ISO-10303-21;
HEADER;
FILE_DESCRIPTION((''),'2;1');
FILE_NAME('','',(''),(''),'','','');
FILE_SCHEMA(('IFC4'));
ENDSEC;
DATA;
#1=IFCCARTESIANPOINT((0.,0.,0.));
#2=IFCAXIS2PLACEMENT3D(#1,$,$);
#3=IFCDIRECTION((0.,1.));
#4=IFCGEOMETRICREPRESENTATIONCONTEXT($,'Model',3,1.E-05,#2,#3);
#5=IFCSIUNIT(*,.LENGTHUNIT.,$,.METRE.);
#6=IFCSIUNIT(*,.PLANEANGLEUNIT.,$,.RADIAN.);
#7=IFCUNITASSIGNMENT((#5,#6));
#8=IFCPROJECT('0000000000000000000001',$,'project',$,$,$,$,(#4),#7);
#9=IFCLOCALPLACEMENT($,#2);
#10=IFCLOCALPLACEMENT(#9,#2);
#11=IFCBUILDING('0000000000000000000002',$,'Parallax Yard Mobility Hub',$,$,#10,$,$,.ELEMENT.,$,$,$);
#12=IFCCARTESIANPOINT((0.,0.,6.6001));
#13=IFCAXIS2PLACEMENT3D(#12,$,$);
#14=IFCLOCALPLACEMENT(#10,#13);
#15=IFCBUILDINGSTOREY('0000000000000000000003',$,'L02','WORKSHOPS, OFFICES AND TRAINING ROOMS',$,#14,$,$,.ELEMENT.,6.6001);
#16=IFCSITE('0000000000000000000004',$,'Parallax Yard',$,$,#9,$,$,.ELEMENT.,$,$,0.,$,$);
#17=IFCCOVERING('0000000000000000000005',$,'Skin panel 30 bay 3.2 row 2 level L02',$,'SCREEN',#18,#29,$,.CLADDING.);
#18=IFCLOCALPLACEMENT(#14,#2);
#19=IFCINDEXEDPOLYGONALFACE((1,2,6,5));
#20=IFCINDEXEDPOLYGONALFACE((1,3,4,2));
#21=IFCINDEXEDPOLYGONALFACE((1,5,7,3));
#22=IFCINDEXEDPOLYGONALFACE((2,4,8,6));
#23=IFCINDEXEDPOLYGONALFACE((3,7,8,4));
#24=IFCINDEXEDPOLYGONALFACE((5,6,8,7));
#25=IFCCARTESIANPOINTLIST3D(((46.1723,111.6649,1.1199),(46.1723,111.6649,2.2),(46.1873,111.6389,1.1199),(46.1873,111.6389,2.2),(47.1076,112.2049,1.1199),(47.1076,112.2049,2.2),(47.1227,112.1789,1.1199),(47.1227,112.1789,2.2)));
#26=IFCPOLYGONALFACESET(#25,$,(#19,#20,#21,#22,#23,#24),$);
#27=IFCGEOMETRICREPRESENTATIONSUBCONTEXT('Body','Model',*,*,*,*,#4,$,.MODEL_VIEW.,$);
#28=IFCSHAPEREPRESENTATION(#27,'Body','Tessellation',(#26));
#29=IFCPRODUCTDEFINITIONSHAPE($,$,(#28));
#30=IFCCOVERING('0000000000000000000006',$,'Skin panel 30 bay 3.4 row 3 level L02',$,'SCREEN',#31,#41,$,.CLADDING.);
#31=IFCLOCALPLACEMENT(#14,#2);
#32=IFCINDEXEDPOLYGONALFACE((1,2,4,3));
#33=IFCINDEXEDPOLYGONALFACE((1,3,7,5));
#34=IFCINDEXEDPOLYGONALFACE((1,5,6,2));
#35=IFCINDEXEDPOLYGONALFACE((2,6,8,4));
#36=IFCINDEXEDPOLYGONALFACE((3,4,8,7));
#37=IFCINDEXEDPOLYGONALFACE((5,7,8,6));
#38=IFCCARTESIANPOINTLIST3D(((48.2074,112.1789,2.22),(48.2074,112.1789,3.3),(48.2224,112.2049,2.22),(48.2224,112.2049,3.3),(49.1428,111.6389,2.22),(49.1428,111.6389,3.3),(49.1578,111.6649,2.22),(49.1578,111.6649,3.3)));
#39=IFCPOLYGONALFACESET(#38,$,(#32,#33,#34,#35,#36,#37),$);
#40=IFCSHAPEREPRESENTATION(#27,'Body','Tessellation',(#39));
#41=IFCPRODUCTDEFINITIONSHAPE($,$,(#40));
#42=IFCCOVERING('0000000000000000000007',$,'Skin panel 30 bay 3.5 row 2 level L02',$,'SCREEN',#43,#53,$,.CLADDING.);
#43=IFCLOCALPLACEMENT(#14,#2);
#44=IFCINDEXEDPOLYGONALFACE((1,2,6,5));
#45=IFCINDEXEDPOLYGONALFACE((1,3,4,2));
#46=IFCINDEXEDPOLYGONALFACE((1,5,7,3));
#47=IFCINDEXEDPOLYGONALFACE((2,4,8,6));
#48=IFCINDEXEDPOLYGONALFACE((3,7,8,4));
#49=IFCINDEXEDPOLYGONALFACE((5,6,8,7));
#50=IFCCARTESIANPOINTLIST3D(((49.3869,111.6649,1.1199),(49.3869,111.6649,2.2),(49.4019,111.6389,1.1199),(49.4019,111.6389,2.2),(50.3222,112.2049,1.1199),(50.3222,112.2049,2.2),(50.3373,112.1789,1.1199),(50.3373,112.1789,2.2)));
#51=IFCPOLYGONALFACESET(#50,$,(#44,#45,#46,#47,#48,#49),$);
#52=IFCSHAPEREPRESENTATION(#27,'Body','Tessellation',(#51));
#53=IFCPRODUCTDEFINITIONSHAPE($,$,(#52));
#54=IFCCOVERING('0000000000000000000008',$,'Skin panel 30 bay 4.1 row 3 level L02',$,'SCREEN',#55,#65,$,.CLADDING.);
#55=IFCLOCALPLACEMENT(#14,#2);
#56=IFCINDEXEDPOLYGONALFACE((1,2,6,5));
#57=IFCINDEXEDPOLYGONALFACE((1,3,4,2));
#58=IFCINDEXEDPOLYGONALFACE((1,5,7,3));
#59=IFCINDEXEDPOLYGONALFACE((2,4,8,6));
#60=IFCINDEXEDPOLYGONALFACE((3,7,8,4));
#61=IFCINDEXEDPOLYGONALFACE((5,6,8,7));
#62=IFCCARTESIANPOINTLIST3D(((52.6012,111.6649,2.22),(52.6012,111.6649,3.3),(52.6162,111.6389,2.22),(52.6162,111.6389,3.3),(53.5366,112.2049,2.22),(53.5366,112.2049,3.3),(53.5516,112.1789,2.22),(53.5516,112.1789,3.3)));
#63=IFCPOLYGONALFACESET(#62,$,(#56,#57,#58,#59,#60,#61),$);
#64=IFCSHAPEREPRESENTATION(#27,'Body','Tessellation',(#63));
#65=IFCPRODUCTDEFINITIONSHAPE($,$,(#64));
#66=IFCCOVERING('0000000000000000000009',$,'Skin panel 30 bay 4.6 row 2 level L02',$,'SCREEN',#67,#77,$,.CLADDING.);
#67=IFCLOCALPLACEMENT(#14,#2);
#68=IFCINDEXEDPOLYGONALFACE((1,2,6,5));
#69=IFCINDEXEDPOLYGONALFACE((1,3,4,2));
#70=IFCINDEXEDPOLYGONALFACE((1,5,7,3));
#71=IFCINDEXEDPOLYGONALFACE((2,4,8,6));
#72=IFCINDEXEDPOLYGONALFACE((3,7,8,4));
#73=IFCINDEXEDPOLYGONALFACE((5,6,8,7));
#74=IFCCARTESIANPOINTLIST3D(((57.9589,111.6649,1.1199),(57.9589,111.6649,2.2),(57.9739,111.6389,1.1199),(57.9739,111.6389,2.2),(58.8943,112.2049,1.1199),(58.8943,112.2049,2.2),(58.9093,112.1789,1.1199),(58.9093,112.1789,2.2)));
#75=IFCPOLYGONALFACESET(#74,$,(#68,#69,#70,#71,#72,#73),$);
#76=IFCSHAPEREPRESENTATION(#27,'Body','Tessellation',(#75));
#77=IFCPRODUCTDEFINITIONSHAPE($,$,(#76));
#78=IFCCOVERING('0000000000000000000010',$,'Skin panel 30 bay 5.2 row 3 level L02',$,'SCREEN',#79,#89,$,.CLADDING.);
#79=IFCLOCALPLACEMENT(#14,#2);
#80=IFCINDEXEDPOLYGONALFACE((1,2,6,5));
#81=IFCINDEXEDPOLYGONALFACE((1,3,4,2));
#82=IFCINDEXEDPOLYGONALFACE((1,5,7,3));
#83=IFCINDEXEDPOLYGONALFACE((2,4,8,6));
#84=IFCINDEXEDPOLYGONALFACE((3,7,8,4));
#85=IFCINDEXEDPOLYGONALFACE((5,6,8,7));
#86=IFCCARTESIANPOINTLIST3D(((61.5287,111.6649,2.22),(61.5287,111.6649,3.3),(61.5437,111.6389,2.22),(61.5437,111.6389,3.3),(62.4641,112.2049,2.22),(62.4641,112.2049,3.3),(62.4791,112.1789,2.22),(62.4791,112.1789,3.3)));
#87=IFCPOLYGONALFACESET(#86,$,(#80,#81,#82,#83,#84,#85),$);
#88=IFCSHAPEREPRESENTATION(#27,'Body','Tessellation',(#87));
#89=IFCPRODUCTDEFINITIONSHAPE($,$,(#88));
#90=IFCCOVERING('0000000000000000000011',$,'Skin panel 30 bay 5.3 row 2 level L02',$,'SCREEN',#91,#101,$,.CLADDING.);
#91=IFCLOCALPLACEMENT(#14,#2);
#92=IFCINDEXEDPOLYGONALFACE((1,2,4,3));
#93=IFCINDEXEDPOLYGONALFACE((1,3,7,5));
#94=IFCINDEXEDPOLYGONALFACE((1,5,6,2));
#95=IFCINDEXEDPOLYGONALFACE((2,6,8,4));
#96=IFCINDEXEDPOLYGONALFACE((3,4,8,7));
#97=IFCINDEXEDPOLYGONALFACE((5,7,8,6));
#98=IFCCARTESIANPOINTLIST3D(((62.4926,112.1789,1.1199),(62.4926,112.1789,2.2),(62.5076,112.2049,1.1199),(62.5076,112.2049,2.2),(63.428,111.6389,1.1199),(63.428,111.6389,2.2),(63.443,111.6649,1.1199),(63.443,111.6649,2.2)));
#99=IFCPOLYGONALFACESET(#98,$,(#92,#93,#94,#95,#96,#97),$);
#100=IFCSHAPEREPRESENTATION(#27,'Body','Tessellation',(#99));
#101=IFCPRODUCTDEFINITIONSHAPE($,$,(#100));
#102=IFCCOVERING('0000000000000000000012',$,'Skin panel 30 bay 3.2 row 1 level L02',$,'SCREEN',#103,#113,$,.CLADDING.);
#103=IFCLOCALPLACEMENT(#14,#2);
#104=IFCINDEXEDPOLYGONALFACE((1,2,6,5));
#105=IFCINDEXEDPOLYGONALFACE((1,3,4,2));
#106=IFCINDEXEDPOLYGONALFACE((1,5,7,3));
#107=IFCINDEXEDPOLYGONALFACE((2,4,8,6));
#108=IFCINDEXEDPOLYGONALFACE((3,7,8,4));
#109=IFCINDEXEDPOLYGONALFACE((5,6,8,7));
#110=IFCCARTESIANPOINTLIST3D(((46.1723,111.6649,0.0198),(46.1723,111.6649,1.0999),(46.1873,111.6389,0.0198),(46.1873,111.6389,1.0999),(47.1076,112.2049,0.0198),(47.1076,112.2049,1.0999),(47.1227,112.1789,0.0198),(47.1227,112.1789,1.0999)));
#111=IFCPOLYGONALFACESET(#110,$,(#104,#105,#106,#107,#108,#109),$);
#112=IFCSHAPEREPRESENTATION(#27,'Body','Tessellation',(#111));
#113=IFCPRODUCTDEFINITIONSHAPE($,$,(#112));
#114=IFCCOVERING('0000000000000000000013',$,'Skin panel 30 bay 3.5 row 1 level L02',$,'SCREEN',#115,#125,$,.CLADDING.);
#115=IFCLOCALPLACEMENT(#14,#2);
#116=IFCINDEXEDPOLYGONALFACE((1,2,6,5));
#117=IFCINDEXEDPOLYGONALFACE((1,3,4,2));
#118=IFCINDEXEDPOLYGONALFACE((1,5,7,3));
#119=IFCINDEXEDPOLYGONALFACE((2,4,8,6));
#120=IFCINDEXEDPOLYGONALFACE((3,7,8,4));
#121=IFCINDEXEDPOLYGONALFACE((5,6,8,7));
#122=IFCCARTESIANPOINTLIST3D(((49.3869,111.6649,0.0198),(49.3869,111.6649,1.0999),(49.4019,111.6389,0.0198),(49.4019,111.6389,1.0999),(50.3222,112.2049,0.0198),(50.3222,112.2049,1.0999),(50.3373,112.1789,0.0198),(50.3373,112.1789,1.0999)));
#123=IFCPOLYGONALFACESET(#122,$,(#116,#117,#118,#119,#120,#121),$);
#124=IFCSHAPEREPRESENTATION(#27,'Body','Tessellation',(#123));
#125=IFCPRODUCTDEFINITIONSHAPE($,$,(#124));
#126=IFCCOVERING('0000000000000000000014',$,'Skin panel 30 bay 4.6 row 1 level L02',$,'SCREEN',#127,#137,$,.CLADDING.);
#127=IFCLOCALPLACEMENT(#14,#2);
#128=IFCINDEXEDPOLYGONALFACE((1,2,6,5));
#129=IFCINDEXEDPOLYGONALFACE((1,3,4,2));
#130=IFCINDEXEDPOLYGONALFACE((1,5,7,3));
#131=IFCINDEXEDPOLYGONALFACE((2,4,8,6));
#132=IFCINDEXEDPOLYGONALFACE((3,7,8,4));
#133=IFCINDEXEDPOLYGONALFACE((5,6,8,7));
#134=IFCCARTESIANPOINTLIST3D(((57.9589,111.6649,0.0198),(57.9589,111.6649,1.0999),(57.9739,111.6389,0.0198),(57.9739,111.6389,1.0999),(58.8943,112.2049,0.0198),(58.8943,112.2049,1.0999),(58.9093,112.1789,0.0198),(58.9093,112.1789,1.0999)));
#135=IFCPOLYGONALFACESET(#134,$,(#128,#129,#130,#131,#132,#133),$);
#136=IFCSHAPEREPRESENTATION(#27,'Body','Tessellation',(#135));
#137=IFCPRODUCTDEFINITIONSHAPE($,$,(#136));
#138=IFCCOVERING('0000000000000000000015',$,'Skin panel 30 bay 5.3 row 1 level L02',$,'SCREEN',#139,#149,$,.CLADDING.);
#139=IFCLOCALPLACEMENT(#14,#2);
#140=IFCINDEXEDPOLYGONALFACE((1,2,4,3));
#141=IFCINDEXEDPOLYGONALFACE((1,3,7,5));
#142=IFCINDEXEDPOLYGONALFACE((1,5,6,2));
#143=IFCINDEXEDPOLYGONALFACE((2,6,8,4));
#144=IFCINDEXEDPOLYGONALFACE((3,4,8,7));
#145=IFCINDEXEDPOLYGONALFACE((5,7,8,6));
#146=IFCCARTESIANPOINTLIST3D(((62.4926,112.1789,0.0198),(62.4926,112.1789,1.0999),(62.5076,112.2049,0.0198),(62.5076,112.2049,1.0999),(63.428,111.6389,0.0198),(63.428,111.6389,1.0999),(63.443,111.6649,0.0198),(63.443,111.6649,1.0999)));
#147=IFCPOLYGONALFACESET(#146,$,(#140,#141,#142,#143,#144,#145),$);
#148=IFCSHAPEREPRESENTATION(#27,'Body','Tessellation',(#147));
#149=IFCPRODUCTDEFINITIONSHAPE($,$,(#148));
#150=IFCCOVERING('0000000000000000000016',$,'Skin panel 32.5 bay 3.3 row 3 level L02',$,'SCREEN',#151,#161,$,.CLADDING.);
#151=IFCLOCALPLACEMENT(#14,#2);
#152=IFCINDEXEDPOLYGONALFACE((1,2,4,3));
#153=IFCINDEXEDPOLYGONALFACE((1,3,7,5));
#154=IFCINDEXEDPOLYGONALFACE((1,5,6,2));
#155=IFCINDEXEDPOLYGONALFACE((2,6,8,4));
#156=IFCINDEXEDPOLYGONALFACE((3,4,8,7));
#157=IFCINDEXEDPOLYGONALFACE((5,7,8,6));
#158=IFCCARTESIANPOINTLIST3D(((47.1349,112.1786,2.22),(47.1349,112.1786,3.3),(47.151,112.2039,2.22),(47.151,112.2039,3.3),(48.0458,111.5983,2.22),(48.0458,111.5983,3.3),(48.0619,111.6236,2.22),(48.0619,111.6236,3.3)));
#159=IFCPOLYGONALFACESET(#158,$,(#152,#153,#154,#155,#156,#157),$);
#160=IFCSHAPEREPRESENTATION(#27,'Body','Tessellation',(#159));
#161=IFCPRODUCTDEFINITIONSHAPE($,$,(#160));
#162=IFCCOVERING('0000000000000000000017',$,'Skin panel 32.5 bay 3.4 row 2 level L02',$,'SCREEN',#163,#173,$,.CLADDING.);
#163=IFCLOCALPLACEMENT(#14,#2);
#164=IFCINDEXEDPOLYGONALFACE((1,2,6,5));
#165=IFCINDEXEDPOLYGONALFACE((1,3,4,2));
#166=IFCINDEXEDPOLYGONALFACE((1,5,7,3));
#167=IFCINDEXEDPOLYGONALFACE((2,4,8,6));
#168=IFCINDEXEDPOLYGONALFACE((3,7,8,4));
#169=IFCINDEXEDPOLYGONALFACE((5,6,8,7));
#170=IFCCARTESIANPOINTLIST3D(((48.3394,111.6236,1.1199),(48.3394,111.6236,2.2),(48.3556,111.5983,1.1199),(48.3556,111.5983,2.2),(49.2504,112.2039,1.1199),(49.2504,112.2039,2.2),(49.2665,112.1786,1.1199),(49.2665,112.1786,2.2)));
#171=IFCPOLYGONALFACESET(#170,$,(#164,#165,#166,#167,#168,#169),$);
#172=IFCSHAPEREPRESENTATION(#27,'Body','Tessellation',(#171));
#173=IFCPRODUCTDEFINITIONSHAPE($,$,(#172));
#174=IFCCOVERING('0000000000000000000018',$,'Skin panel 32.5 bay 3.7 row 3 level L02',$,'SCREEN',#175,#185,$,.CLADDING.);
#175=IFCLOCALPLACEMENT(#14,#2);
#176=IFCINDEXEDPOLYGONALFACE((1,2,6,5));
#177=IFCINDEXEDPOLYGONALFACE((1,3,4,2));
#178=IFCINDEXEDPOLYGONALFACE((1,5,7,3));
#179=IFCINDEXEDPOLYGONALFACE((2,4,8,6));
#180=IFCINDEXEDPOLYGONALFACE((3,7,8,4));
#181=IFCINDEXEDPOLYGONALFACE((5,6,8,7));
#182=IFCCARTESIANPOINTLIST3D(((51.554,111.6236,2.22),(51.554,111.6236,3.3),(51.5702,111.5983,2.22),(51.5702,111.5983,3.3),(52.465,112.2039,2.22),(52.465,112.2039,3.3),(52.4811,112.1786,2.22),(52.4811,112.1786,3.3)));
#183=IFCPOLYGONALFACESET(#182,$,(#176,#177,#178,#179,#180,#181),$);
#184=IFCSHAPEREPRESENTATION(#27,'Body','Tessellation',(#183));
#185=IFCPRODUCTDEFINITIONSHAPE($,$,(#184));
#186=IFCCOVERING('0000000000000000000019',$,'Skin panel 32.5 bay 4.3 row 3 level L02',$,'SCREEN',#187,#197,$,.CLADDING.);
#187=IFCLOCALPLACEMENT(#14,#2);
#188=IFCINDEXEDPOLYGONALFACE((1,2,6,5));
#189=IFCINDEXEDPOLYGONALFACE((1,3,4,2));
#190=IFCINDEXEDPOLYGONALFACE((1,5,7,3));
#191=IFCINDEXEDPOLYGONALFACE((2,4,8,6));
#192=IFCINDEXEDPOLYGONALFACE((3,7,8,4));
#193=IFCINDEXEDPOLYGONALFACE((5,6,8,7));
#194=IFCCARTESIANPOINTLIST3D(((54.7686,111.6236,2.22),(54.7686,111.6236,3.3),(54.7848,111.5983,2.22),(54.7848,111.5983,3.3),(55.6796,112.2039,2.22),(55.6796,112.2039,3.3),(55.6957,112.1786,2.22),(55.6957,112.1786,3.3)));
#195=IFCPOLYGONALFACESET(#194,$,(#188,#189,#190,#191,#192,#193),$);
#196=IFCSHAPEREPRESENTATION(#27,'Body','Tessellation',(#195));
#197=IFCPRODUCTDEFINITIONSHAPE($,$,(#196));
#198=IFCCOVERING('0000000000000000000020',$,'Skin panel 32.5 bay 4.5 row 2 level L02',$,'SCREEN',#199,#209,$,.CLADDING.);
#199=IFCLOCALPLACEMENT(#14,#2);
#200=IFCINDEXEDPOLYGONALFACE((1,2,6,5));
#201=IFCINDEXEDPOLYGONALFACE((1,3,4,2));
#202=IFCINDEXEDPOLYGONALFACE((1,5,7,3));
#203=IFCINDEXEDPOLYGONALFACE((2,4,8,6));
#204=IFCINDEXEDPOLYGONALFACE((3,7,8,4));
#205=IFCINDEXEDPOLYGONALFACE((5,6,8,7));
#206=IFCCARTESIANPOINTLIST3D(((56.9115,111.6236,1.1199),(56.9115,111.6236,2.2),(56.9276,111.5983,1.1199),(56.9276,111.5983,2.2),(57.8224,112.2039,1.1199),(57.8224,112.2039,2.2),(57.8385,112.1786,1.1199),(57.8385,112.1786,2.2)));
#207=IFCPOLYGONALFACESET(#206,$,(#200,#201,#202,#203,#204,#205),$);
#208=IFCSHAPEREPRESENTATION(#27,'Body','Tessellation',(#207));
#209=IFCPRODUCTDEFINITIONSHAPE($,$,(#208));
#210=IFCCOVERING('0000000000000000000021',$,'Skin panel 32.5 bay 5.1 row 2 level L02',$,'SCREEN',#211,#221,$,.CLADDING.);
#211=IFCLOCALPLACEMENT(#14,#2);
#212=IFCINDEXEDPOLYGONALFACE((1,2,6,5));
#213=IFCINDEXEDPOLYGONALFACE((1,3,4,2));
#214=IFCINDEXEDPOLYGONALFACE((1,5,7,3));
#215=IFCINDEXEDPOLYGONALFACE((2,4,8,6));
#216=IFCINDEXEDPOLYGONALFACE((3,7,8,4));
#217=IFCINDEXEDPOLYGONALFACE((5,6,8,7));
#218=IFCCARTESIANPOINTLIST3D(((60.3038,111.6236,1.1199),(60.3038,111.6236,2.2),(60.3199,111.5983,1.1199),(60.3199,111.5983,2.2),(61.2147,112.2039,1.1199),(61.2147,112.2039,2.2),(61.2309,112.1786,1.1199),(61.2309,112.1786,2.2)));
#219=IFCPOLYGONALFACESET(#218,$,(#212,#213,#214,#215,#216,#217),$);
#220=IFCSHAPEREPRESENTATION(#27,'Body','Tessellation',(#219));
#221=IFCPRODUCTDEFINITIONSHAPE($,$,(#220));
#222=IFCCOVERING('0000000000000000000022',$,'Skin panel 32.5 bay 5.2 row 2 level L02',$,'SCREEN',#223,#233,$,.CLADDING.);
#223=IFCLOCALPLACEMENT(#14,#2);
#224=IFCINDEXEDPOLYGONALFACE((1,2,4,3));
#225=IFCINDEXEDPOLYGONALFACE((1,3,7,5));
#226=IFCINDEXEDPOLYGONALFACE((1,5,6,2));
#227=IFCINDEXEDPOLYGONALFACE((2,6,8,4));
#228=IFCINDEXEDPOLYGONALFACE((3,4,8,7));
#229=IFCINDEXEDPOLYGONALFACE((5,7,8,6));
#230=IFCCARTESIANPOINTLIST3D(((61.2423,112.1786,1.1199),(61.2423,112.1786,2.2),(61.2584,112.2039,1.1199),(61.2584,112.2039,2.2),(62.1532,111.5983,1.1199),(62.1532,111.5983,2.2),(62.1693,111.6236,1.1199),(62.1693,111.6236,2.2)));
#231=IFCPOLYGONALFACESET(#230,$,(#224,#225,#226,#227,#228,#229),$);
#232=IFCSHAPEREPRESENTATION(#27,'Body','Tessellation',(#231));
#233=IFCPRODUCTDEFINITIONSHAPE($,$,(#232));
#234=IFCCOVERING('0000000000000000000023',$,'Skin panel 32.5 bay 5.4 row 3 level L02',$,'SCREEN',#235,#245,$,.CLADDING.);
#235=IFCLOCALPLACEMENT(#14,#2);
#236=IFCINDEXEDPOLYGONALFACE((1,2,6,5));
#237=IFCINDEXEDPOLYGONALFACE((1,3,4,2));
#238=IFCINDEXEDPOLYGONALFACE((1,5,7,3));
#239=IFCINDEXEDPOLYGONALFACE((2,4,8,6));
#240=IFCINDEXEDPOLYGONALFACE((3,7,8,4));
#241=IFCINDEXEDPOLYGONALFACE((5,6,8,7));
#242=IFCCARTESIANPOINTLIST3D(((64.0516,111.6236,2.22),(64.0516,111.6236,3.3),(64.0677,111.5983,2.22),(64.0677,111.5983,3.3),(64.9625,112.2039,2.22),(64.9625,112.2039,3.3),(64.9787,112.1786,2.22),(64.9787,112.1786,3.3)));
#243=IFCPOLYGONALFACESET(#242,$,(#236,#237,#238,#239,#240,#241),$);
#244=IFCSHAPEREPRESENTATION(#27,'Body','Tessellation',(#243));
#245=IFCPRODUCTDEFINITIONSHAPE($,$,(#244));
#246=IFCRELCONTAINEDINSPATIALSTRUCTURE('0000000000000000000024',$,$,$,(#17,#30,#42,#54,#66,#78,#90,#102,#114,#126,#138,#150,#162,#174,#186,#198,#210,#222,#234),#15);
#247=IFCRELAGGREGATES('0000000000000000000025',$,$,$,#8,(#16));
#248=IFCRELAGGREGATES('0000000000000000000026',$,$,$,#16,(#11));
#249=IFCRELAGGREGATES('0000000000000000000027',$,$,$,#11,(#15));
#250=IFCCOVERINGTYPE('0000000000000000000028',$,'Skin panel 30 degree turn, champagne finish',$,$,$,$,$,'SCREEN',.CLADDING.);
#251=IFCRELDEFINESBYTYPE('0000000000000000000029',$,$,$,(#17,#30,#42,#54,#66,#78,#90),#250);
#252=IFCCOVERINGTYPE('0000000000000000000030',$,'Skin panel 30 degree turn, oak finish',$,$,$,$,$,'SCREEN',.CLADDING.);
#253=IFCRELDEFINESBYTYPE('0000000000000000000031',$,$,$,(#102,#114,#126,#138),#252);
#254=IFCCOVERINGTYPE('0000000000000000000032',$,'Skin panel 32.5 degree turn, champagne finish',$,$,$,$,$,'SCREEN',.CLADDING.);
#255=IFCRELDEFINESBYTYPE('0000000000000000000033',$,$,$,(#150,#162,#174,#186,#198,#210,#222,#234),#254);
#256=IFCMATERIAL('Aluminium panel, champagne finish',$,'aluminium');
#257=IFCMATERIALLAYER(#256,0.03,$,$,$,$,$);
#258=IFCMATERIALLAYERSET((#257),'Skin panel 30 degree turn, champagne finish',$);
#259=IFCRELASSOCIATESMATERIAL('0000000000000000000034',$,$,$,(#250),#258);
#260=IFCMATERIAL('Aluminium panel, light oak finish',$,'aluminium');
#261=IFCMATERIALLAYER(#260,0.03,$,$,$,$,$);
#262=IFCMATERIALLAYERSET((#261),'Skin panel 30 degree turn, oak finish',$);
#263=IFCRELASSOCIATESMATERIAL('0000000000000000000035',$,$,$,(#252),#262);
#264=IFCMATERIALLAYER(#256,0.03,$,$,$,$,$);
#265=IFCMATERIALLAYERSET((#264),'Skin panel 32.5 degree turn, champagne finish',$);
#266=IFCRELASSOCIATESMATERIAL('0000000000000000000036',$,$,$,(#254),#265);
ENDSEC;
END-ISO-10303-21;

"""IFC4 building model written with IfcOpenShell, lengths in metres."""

from ifc_helpers import new_model, si_unit, direction, frame, origin, origin_2d, place, context, subcontext, project, spatial, rectangle, extrude, material, layer, layer_set, type_object, element, save


model = new_model("IFC4")

# Units and contexts
model_context = context("Model", 3, precision=1e-05, world=origin(), true_north=direction((0.0, 1.0)))
body_context = subcontext(model_context, "Body", "Model", "MODEL_VIEW")
ifc_project = project(units=[si_unit("LENGTHUNIT", "METRE"), si_unit("PLANEANGLEUNIT", "RADIAN")], contexts=[model_context])

# Site, building, storey
site_placement = place(None, origin())
site = spatial("IfcSite", under=ifc_project, at=site_placement, Name="Parallax Yard", CompositionType="ELEMENT", RefElevation=0.0)
building_placement = place(site_placement, origin())
building = spatial("IfcBuilding", under=site, at=building_placement, Name="Parallax Yard Mobility Hub", CompositionType="ELEMENT")
storey_placement = place(building_placement, frame((0.0, 0.0, 6.6001)))
storey = spatial("IfcBuildingStorey", under=building, at=storey_placement, Name="L02", Description="WORKSHOPS, OFFICES AND TRAINING ROOMS", CompositionType="ELEMENT", Elevation=6.6001)

# Coverings
ifc_material_1 = material(Name="Aluminium panel, champagne finish", Category="aluminium")
ifc_layer_1 = layer(ifc_material_1, 0.03)
ifc_layer_set_1 = layer_set([ifc_layer_1], Name="Skin panel 30 degree turn, champagne finish")
covering_type_1 = type_object("IfcCoveringType", Name="Skin panel 30 degree turn, champagne finish", ElementType="SCREEN", PredefinedType="CLADDING", material=ifc_layer_set_1)
for number, where, z_axis, x_axis, name in (
    (1, (46.6475, 111.9219, 1.1199), (0.0, 0.0, 1.0), (-0.866025, -0.5, 0.0), "Skin panel 30 bay 3.2 row 2 level L02"),
    (2, (48.6826, 111.9219, 2.22), (0.0, 0.0, 1.0), (0.866025, -0.5, 0.0), "Skin panel 30 bay 3.4 row 3 level L02"),
    (3, (49.8621, 111.9219, 1.1199), (0.0, 0.0, 1.0), (-0.866025, -0.5, 0.0), "Skin panel 30 bay 3.5 row 2 level L02"),
    (4, (53.0764, 111.9219, 2.22), (0.0, 0.0, 1.0), (-0.866025, -0.5, 0.0), "Skin panel 30 bay 4.1 row 3 level L02"),
    (5, (58.4341, 111.9219, 1.1199), (0.0, 0.0, 1.0), (-0.866025, -0.5, 0.0), "Skin panel 30 bay 4.6 row 2 level L02"),
    (6, (62.0039, 111.9219, 2.22), (0.0, 0.0, 1.0), (-0.866025, -0.5, 0.0), "Skin panel 30 bay 5.2 row 3 level L02"),
    (7, (62.9678, 111.9219, 1.1199), (0.0, 0.0, 1.0), (0.866025, -0.5, 0.0), "Skin panel 30 bay 5.3 row 2 level L02"),
):
    element("IfcCovering", number, at=place(storey_placement, frame(where, z_axis=z_axis, x_axis=x_axis)), inside=storey, type_object=covering_type_1, Name=name, ObjectType="SCREEN", PredefinedType="CLADDING", context=body_context, shape_type="SweptSolid", body=[
        extrude(rectangle(XDim=1.0801, YDim=0.03, at=origin_2d()), origin(), (0.0, 0.0, 1.0), 1.0801),
    ])
ifc_material_2 = material(Name="Aluminium panel, light oak finish", Category="aluminium")
ifc_layer_2 = layer(ifc_material_2, 0.03)
ifc_layer_set_2 = layer_set([ifc_layer_2], Name="Skin panel 30 degree turn, oak finish")
covering_type_2 = type_object("IfcCoveringType", Name="Skin panel 30 degree turn, oak finish", ElementType="SCREEN", PredefinedType="CLADDING", material=ifc_layer_set_2)
for number, where, z_axis, x_axis, name in (
    (8, (46.6475, 111.9219, 0.0198), (0.0, 0.0, 1.0), (-0.866025, -0.5, 0.0), "Skin panel 30 bay 3.2 row 1 level L02"),
    (9, (49.8621, 111.9219, 0.0198), (0.0, 0.0, 1.0), (-0.866025, -0.5, 0.0), "Skin panel 30 bay 3.5 row 1 level L02"),
    (10, (58.4341, 111.9219, 0.0198), (0.0, 0.0, 1.0), (-0.866025, -0.5, 0.0), "Skin panel 30 bay 4.6 row 1 level L02"),
    (11, (62.9678, 111.9219, 0.0198), (0.0, 0.0, 1.0), (0.866025, -0.5, 0.0), "Skin panel 30 bay 5.3 row 1 level L02"),
):
    element("IfcCovering", number, at=place(storey_placement, frame(where, z_axis=z_axis, x_axis=x_axis)), inside=storey, type_object=covering_type_2, Name=name, ObjectType="SCREEN", PredefinedType="CLADDING", context=body_context, shape_type="SweptSolid", body=[
        extrude(rectangle(XDim=1.0801, YDim=0.03, at=origin_2d()), origin(), (0.0, 0.0, 1.0), 1.0801),
    ])
ifc_layer_3 = layer(ifc_material_1, 0.03)
ifc_layer_set_3 = layer_set([ifc_layer_3], Name="Skin panel 32.5 degree turn, champagne finish")
covering_type_3 = type_object("IfcCoveringType", Name="Skin panel 32.5 degree turn, champagne finish", ElementType="SCREEN", PredefinedType="CLADDING", material=ifc_layer_set_3)
for number, where, z_axis, x_axis, name in (
    (12, (47.5984, 111.9011, 2.22), (0.0, 0.0, 1.0), (0.843391, -0.5373, 0.0), "Skin panel 32.5 bay 3.3 row 3 level L02"),
    (13, (48.803, 111.9011, 1.1199), (0.0, 0.0, 1.0), (-0.843391, -0.5373, 0.0), "Skin panel 32.5 bay 3.4 row 2 level L02"),
    (14, (52.0176, 111.9011, 2.22), (0.0, 0.0, 1.0), (-0.843391, -0.5373, 0.0), "Skin panel 32.5 bay 3.7 row 3 level L02"),
    (15, (55.2322, 111.9011, 2.22), (0.0, 0.0, 1.0), (-0.843391, -0.5373, 0.0), "Skin panel 32.5 bay 4.3 row 3 level L02"),
    (16, (57.375, 111.9011, 1.1199), (0.0, 0.0, 1.0), (-0.843391, -0.5373, 0.0), "Skin panel 32.5 bay 4.5 row 2 level L02"),
    (17, (60.7673, 111.9011, 1.1199), (0.0, 0.0, 1.0), (-0.843391, -0.5373, 0.0), "Skin panel 32.5 bay 5.1 row 2 level L02"),
    (18, (61.7058, 111.9011, 1.1199), (0.0, 0.0, 1.0), (0.843391, -0.5373, 0.0), "Skin panel 32.5 bay 5.2 row 2 level L02"),
    (19, (64.5151, 111.9011, 2.22), (0.0, 0.0, 1.0), (-0.843391, -0.5373, 0.0), "Skin panel 32.5 bay 5.4 row 3 level L02"),
):
    element("IfcCovering", number, at=place(storey_placement, frame(where, z_axis=z_axis, x_axis=x_axis)), inside=storey, type_object=covering_type_3, Name=name, ObjectType="SCREEN", PredefinedType="CLADDING", context=body_context, shape_type="SweptSolid", body=[
        extrude(rectangle(XDim=1.0801, YDim=0.03, at=origin_2d()), origin(), (0.0, 0.0, 1.0), 1.0801),
    ])

save(model, "model.ifc")
